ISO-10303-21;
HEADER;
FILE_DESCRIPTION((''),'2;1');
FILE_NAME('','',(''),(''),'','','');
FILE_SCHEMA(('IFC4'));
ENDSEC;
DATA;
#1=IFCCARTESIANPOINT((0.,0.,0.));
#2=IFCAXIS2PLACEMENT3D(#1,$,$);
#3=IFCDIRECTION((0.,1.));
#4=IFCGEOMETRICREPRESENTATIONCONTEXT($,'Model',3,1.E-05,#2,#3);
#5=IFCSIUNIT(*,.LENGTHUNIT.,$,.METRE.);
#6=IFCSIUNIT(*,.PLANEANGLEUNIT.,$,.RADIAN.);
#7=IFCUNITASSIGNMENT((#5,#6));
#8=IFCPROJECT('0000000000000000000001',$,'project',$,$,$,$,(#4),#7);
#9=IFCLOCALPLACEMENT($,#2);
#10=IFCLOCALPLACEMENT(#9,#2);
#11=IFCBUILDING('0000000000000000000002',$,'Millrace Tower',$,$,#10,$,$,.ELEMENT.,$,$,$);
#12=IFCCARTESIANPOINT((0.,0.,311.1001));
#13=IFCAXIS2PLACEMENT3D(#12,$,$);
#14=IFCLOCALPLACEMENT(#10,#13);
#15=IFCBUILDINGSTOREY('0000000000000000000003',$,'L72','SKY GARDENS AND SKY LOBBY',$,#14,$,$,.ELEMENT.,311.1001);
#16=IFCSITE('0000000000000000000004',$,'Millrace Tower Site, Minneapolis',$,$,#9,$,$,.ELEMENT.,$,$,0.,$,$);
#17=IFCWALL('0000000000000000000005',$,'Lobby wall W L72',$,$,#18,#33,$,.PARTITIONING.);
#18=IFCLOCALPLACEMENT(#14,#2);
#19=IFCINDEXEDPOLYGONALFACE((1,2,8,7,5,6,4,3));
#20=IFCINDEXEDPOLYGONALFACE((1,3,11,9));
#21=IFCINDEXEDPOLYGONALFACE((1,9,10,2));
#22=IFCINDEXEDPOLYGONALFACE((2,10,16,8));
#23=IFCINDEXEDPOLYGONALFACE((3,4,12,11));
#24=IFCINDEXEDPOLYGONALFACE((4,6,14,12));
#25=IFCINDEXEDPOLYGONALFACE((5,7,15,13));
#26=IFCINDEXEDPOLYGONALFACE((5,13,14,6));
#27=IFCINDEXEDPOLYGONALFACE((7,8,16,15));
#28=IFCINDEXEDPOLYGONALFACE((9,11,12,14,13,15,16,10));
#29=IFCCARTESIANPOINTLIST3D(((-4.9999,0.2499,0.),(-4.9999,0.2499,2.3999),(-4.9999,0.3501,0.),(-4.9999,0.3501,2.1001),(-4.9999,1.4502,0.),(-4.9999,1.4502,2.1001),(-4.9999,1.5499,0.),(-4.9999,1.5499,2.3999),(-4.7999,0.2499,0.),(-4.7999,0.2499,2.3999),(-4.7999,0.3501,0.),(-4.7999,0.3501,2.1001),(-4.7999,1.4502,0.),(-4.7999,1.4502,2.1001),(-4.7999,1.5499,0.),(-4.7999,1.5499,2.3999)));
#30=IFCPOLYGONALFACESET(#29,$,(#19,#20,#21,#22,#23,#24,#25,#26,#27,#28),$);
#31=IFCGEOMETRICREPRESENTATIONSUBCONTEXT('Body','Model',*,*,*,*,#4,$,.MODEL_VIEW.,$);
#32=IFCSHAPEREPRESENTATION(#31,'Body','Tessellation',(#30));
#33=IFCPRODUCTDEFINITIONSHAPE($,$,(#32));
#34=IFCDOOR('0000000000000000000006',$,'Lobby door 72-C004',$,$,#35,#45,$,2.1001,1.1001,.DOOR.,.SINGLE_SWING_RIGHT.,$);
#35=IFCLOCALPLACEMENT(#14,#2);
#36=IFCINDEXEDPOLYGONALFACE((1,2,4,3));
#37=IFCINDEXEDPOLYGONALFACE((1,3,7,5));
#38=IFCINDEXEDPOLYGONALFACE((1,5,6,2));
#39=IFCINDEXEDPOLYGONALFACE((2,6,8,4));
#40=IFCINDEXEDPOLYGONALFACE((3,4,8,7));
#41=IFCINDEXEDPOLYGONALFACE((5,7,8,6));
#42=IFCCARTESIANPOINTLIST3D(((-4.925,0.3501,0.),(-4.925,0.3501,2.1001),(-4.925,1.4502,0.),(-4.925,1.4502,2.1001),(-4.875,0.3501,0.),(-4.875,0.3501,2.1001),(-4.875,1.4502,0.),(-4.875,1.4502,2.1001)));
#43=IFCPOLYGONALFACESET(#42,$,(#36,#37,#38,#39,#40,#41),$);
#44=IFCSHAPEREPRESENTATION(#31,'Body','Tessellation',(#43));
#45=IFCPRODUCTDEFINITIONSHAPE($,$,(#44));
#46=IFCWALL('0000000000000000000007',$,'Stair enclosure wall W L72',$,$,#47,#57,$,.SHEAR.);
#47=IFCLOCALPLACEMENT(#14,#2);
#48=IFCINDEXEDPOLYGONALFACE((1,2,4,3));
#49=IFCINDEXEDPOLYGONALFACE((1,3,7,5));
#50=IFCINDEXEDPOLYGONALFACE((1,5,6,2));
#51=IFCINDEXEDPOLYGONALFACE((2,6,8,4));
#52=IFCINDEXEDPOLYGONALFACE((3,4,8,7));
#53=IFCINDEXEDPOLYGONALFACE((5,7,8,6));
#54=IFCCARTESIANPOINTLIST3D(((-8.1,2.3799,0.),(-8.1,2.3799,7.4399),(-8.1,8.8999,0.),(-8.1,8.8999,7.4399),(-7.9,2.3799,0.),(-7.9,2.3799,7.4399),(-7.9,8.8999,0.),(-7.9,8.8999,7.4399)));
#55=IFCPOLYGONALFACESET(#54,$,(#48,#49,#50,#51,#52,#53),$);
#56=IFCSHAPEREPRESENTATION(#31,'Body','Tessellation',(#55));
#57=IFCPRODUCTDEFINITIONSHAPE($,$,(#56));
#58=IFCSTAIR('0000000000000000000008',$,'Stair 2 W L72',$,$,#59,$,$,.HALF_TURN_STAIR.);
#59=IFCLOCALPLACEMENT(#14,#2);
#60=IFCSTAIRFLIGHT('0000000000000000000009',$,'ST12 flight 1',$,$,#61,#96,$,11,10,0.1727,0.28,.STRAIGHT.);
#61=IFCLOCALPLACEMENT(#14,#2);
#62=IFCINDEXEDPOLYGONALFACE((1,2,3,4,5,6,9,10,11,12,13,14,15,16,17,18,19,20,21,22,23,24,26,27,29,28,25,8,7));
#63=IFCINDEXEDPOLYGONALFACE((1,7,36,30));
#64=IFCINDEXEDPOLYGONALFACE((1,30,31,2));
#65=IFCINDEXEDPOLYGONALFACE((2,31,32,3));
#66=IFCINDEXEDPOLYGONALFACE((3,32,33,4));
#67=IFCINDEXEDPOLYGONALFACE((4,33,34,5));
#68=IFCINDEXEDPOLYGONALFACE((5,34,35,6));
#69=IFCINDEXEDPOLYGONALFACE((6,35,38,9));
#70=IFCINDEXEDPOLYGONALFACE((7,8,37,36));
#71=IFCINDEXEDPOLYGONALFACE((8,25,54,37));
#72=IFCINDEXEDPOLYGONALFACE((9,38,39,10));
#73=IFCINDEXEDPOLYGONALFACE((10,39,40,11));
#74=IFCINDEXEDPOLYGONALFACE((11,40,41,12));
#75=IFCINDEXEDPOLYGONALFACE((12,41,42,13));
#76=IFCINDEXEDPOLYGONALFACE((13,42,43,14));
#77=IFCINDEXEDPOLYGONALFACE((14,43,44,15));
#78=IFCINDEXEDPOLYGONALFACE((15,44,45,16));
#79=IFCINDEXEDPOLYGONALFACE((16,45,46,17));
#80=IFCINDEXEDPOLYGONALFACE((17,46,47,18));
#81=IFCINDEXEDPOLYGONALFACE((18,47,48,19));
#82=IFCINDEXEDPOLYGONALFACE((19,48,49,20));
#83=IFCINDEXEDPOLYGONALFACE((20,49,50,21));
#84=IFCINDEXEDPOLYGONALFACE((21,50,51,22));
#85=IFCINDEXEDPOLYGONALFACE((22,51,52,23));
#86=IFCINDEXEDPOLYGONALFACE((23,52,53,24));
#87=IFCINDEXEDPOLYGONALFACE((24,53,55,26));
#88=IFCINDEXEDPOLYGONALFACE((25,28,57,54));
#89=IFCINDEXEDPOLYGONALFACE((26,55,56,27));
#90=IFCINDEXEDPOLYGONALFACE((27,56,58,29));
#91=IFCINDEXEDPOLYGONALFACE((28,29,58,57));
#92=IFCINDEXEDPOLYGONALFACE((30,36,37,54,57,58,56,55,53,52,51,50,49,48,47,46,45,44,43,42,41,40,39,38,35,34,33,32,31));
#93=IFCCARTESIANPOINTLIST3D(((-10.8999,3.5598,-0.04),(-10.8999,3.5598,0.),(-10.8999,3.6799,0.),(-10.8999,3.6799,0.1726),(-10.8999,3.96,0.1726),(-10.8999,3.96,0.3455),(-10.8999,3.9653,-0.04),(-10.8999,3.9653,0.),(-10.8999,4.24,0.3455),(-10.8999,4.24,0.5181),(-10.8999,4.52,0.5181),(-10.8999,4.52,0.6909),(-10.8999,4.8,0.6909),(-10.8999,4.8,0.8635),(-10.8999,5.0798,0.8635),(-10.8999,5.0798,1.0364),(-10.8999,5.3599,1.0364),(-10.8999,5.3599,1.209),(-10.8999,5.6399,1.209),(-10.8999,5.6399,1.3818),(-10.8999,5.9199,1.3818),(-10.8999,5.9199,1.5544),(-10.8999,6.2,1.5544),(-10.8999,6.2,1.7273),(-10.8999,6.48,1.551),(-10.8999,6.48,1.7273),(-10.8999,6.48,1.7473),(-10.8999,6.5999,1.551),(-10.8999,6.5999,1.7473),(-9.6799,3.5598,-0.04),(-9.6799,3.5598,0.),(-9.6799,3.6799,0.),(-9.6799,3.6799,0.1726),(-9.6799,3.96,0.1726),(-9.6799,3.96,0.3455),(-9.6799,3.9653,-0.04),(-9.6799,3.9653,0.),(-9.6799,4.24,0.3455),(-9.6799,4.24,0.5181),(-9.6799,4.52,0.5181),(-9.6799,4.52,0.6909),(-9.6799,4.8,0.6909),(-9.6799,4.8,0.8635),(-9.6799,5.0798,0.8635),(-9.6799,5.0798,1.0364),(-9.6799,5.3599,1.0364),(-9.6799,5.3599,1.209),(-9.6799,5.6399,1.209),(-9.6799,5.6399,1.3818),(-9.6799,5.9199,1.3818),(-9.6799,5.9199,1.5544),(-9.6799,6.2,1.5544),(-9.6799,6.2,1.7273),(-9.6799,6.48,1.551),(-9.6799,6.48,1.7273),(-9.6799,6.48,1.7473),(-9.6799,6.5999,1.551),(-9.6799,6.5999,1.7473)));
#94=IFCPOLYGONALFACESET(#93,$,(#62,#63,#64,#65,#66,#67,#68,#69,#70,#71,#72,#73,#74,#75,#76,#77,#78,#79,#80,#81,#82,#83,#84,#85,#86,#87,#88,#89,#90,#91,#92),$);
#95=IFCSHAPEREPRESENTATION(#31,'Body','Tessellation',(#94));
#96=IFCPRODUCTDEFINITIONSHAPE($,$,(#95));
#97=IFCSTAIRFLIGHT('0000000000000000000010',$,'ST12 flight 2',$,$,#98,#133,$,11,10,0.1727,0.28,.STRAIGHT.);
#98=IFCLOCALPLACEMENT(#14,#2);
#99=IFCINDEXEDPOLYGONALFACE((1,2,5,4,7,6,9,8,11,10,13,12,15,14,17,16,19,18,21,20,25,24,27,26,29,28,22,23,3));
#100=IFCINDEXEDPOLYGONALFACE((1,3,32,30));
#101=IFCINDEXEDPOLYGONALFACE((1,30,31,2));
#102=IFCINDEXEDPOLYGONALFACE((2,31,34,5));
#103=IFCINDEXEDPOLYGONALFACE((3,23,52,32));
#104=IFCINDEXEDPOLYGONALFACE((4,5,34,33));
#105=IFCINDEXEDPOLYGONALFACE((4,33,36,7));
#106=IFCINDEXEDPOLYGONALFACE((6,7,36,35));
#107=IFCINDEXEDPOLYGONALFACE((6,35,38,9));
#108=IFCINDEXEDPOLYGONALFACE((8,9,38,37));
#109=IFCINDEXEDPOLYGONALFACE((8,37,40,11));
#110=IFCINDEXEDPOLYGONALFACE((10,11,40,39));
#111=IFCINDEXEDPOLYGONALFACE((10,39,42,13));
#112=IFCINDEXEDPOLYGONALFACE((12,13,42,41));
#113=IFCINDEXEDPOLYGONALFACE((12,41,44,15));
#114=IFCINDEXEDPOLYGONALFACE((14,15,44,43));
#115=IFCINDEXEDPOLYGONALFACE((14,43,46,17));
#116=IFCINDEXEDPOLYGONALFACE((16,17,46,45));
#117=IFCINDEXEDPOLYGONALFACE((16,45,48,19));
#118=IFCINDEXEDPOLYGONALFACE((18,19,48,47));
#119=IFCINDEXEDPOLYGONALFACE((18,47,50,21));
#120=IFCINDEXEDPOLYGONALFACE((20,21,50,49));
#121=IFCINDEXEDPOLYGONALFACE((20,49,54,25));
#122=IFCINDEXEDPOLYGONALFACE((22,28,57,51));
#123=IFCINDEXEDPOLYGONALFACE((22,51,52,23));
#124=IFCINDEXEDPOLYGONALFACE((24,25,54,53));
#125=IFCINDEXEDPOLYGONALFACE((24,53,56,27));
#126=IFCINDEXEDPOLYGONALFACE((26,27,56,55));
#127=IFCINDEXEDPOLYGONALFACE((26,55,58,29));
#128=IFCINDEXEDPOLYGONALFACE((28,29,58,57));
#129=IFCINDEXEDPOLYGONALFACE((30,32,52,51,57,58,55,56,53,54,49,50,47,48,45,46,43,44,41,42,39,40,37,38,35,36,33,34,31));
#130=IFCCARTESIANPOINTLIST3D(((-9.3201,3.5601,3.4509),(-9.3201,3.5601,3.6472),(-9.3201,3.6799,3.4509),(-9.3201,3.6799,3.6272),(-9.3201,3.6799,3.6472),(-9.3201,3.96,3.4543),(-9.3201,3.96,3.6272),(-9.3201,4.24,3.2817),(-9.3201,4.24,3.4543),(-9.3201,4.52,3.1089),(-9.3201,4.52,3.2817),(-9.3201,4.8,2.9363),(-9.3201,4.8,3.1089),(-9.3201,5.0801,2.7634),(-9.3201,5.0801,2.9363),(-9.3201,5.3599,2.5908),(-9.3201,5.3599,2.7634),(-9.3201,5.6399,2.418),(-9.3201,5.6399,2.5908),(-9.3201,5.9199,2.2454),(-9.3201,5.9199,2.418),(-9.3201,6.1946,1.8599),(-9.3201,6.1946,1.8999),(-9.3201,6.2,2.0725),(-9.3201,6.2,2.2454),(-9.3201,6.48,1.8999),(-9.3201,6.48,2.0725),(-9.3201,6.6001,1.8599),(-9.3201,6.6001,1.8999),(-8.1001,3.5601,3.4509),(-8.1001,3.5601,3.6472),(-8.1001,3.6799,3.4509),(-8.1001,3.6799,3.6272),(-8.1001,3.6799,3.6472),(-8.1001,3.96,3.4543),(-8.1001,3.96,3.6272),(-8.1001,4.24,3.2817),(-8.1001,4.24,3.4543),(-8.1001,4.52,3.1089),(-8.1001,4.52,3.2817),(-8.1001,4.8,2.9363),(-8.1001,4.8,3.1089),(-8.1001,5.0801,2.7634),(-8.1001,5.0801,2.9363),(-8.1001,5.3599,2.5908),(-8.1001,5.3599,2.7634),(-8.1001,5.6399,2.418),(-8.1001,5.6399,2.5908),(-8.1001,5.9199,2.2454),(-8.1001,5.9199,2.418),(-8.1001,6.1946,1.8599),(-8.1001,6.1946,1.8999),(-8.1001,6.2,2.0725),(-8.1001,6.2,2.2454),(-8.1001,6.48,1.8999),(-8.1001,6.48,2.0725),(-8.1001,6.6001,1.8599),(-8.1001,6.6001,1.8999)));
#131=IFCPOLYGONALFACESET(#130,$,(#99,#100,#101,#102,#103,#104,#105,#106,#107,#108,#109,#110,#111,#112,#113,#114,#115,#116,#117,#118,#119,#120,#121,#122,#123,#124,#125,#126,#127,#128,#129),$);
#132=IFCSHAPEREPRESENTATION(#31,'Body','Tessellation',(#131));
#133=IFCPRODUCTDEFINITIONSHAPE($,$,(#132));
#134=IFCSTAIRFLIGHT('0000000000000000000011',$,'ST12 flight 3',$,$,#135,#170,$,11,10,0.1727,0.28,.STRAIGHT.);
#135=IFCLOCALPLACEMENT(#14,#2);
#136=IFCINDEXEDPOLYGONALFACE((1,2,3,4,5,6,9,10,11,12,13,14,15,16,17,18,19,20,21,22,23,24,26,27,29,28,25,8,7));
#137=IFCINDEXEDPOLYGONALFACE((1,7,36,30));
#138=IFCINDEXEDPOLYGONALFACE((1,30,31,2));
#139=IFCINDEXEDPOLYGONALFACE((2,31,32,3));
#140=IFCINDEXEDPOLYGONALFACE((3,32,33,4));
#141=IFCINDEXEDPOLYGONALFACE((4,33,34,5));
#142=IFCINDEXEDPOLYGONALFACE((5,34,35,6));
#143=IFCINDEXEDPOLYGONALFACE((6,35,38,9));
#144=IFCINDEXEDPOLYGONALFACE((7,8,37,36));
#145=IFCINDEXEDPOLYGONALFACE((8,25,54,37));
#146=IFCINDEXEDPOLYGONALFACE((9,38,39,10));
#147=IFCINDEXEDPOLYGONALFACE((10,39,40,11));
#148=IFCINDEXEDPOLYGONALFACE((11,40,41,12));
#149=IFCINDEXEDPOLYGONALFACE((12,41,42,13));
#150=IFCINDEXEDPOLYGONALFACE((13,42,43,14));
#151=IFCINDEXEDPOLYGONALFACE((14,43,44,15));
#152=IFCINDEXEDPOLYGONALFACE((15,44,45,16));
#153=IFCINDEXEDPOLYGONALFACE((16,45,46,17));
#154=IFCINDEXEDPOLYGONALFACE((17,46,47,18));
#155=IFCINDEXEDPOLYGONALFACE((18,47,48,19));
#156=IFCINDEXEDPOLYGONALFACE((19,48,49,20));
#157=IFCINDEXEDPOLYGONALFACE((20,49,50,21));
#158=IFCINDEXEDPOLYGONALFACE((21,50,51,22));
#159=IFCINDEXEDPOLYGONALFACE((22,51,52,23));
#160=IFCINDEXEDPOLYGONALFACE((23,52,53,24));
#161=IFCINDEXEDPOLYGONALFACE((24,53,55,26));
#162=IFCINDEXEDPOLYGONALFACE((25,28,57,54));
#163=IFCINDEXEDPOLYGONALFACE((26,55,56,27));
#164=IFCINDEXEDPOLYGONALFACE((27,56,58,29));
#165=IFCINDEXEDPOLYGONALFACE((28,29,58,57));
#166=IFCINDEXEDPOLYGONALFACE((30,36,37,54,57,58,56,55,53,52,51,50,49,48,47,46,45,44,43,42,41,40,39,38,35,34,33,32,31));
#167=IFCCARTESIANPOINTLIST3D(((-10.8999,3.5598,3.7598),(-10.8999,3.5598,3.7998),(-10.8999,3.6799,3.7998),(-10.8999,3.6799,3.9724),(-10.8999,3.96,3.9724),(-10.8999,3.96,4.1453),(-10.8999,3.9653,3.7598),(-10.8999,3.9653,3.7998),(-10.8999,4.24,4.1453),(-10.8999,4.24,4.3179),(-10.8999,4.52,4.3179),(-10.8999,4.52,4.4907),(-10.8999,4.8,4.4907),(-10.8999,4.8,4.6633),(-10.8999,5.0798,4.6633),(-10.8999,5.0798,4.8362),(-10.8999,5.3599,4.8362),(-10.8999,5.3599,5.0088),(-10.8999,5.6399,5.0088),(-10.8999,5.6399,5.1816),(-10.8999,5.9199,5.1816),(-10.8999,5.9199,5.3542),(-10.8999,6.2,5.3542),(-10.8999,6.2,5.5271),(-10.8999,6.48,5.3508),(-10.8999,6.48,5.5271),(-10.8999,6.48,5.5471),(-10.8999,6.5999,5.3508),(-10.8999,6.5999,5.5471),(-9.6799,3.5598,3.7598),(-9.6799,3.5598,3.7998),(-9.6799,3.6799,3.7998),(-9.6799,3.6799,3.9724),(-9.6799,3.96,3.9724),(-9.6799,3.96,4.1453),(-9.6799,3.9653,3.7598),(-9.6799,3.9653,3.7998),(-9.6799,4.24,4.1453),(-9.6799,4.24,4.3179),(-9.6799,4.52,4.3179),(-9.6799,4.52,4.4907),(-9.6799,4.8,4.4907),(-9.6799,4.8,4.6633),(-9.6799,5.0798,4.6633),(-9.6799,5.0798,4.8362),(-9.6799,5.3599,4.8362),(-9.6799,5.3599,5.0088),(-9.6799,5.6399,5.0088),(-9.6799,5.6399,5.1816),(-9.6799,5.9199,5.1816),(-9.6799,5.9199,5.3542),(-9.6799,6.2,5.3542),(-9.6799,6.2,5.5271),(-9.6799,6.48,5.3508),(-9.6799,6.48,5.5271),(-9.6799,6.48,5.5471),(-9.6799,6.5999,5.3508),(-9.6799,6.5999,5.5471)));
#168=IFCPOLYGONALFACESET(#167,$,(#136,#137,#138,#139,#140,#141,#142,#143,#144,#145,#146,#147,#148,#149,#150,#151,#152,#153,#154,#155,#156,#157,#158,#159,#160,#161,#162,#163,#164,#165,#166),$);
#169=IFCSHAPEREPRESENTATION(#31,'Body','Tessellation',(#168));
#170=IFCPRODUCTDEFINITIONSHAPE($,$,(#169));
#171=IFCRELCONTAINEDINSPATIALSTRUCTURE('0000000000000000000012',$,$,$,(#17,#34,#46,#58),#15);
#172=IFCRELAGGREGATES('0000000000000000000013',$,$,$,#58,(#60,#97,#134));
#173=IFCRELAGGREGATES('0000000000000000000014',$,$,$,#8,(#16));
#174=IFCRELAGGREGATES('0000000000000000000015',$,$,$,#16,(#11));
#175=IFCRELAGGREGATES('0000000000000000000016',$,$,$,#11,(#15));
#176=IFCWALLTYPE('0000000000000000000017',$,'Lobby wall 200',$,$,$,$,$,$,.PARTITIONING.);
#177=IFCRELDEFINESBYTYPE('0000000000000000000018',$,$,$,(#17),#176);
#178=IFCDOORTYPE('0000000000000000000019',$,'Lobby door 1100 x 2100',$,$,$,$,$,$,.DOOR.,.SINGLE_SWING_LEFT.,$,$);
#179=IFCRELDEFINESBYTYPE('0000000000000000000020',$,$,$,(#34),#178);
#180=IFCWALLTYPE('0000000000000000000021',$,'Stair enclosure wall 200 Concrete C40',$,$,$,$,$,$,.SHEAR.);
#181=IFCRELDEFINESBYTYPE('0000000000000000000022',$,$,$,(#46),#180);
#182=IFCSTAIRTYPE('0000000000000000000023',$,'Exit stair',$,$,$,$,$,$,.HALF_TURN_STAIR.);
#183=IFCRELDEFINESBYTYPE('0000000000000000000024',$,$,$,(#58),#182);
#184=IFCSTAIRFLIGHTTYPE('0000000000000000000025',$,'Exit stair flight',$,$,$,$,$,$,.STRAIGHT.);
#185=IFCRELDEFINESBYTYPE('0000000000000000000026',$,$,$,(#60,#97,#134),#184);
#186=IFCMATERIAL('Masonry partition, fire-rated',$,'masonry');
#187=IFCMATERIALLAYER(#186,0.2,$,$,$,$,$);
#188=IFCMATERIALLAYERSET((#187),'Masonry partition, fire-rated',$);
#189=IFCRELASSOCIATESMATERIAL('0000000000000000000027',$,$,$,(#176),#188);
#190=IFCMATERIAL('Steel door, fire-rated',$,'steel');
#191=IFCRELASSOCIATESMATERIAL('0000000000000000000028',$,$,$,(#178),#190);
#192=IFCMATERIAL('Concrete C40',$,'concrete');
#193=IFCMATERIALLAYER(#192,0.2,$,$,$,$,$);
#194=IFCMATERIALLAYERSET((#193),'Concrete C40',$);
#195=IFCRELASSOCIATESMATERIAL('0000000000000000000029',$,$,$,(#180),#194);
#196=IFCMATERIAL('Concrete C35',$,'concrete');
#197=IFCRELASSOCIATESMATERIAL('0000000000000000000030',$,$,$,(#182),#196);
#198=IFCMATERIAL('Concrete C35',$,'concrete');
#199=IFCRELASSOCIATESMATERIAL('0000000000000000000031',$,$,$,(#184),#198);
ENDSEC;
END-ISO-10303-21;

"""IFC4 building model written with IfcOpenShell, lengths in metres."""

from ifc_helpers import new_model, si_unit, direction, frame, frame_2d, origin, place, context, subcontext, project, spatial, polyline, rectangle, outline, extrude, material, layer, layer_set, type_object, element, fill, aggregate, save


model = new_model("IFC4")

# Units and contexts
model_context = context("Model", 3, precision=1e-05, world=origin(), true_north=direction((0.0, 1.0)))
body_context = subcontext(model_context, "Body", "Model", "MODEL_VIEW")
ifc_project = project(units=[si_unit("LENGTHUNIT", "METRE"), si_unit("PLANEANGLEUNIT", "RADIAN")], contexts=[model_context])

# Site, building, storey
site_placement = place(None, origin())
site = spatial("IfcSite", under=ifc_project, at=site_placement, Name="Millrace Tower Site, Minneapolis", CompositionType="ELEMENT", RefElevation=0.0)
building_placement = place(site_placement, origin())
building = spatial("IfcBuilding", under=site, at=building_placement, Name="Millrace Tower", CompositionType="ELEMENT")
storey_placement = place(building_placement, frame((0.0, 0.0, 311.1001)))
storey = spatial("IfcBuildingStorey", under=building, at=storey_placement, Name="L72", Description="SKY GARDENS AND SKY LOBBY", CompositionType="ELEMENT", Elevation=311.1001)

# Wall, opening, door
ifc_material_1 = material(Name="Masonry partition, fire-rated", Category="masonry")
ifc_layer_1 = layer(ifc_material_1, 0.2)
ifc_layer_set_1 = layer_set([ifc_layer_1], Name="Masonry partition, fire-rated")
wall_type_1 = type_object("IfcWallType", Name="Lobby wall 200", PredefinedType="PARTITIONING", material=ifc_layer_set_1)
wall_1_placement = place(storey_placement, frame((-4.8999, 0.25, 0.0), z_axis=(0.0, 0.0, 1.0), x_axis=(0.0, 1.0, 0.0)))
wall_1 = element("IfcWall", 1, at=wall_1_placement, inside=storey, type_object=wall_type_1, Name="Lobby wall W L72", PredefinedType="PARTITIONING", context=body_context, shape_type="SweptSolid", body=[
    extrude(rectangle(XDim=1.3, YDim=0.2, at=frame_2d((0.6499, 0.0))), origin(), (0.0, 0.0, 1.0), 2.3999),
])
opening_1_placement = place(wall_1_placement, frame((0.1001, 0.0, 0.0)))
opening_1 = element("IfcOpeningElement", 2, at=opening_1_placement, cuts=wall_1, PredefinedType="OPENING", context=body_context, shape_type="SweptSolid", body=[
    extrude(rectangle(XDim=1.1001, YDim=2.1001, at=frame_2d((0.55, 1.05))), frame((0.0, 0.1099, 0.0), z_axis=(0.0, -1.0, 0.0), x_axis=(1.0, 0.0, 0.0)), (0.0, 0.0, 1.0), 0.22),
])
ifc_material_2 = material(Name="Steel door, fire-rated", Category="steel")
door_type_1 = type_object("IfcDoorType", Name="Lobby door 1100 x 2100", OperationType="SINGLE_SWING_LEFT", PredefinedType="DOOR", material=ifc_material_2)
door_1_placement = place(opening_1_placement, frame((1.1001, 0.0, 0.0), z_axis=(0.0, 0.0, 1.0), x_axis=(-1.0, 0.0, 0.0)))
door_1 = element("IfcDoor", 3, at=door_1_placement, inside=storey, type_object=door_type_1, Name="Lobby door 72-C004", OperationType="SINGLE_SWING_RIGHT", OverallHeight=2.1001, OverallWidth=1.1001, PredefinedType="DOOR", context=body_context, shape_type="SweptSolid", body=[
    extrude(rectangle(XDim=1.1001, YDim=2.1001, at=frame_2d((0.55, 1.05))), frame((0.0, 0.0249, 0.0), z_axis=(0.0, -1.0, 0.0), x_axis=(1.0, 0.0, 0.0)), (0.0, 0.0, 1.0), 0.05),
])
fill(opening_1, door_1)

# Wall
ifc_material_3 = material(Name="Concrete C40", Category="concrete")
ifc_layer_2 = layer(ifc_material_3, 0.2)
ifc_layer_set_2 = layer_set([ifc_layer_2], Name="Concrete C40")
wall_type_2 = type_object("IfcWallType", Name="Stair enclosure wall 200 Concrete C40", PredefinedType="SHEAR", material=ifc_layer_set_2)
wall_2_placement = place(storey_placement, frame((-8.0, 2.3799, 0.0), z_axis=(0.0, 0.0, 1.0), x_axis=(0.0, 1.0, 0.0)))
element("IfcWall", 4, at=wall_2_placement, inside=storey, type_object=wall_type_2, Name="Stair enclosure wall W L72", PredefinedType="SHEAR", context=body_context, shape_type="SweptSolid", body=[
    extrude(rectangle(XDim=6.52, YDim=0.2, at=frame_2d((3.26, 0.0))), origin(), (0.0, 0.0, 1.0), 7.4399),
])

# Stair, stair flights
ifc_material_4 = material(Name="Concrete C35", Category="concrete")
stair_type = type_object("IfcStairType", Name="Exit stair", PredefinedType="HALF_TURN_STAIR", material=ifc_material_4)
placement_1 = place(storey_placement, origin())
stair_1 = element("IfcStair", 5, at=placement_1, inside=storey, type_object=stair_type, Name="Stair 2 W L72", PredefinedType="HALF_TURN_STAIR")
ifc_material_5 = material(Name="Concrete C35", Category="concrete")
stair_flight_type = type_object("IfcStairFlightType", Name="Exit stair flight", PredefinedType="STRAIGHT", material=ifc_material_5)
stair_flight_1_placement = place(storey_placement, frame((-10.29, 3.6799, 0.0), z_axis=(0.0, 0.0, 1.0), x_axis=(0.0, 1.0, 0.0)))
stair_flight_1 = element("IfcStairFlight", 6, at=stair_flight_1_placement, type_object=stair_flight_type, Name="ST12 flight 1", NumberOfRisers=11, NumberOfTreads=10, PredefinedType="STRAIGHT", RiserHeight=0.1727, TreadLength=0.28, context=body_context, shape_type="SweptSolid", body=[
    extrude(outline(polyline([(-0.1201, -0.04), (-0.1201, 0.0), (0.0, 0.0), (0.0, 0.1726), (0.28, 0.1726), (0.28, 0.3455), (0.5601, 0.3455), (0.5601, 0.5181), (0.8401, 0.5181), (0.8401, 0.6909), (1.1201, 0.6909), (1.1201, 0.8635), (1.3999, 0.8635), (1.3999, 1.0364), (1.6799, 1.0364), (1.6799, 1.209), (1.96, 1.209), (1.96, 1.3818), (2.24, 1.3818), (2.24, 1.5544), (2.52, 1.5544), (2.52, 1.7273), (2.8, 1.7273), (2.8, 1.7473), (2.9199, 1.7473), (2.9199, 1.551), (2.8, 1.551), (0.2854, 0.0), (0.2854, -0.04), (-0.1201, -0.04)])), frame((0.0, 0.6099, 0.0), z_axis=(0.0, -1.0, 0.0), x_axis=(1.0, 0.0, 0.0)), (0.0, 0.0, 1.0), 1.22),
])
stair_flight_2_placement = place(storey_placement, frame((-8.71, 6.48, 1.8999), z_axis=(0.0, 0.0, 1.0), x_axis=(0.0, -1.0, 0.0)))
stair_flight_2 = element("IfcStairFlight", 7, at=stair_flight_2_placement, type_object=stair_flight_type, Name="ST12 flight 2", NumberOfRisers=11, NumberOfTreads=10, PredefinedType="STRAIGHT", RiserHeight=0.1727, TreadLength=0.28, context=body_context, shape_type="SweptSolid", body=[
    extrude(outline(polyline([(-0.1201, -0.04), (-0.1201, 0.0), (0.0, 0.0), (0.0, 0.1726), (0.28, 0.1726), (0.28, 0.3455), (0.5601, 0.3455), (0.5601, 0.5181), (0.8401, 0.5181), (0.8401, 0.6909), (1.1201, 0.6909), (1.1201, 0.8635), (1.3999, 0.8635), (1.3999, 1.0364), (1.6799, 1.0364), (1.6799, 1.209), (1.96, 1.209), (1.96, 1.3818), (2.24, 1.3818), (2.24, 1.5544), (2.52, 1.5544), (2.52, 1.7273), (2.8, 1.7273), (2.8, 1.7473), (2.9199, 1.7473), (2.9199, 1.551), (2.8, 1.551), (0.2854, 0.0), (0.2854, -0.04), (-0.1201, -0.04)])), frame((0.0, 0.6099, 0.0), z_axis=(0.0, -1.0, 0.0), x_axis=(1.0, 0.0, 0.0)), (0.0, 0.0, 1.0), 1.22),
])
stair_flight_3_placement = place(storey_placement, frame((-10.29, 3.6799, 3.7998), z_axis=(0.0, 0.0, 1.0), x_axis=(0.0, 1.0, 0.0)))
stair_flight_3 = element("IfcStairFlight", 8, at=stair_flight_3_placement, type_object=stair_flight_type, Name="ST12 flight 3", NumberOfRisers=11, NumberOfTreads=10, PredefinedType="STRAIGHT", RiserHeight=0.1727, TreadLength=0.28, context=body_context, shape_type="SweptSolid", body=[
    extrude(outline(polyline([(-0.1201, -0.04), (-0.1201, 0.0), (0.0, 0.0), (0.0, 0.1726), (0.28, 0.1726), (0.28, 0.3455), (0.5601, 0.3455), (0.5601, 0.5181), (0.8401, 0.5181), (0.8401, 0.6909), (1.1201, 0.6909), (1.1201, 0.8635), (1.3999, 0.8635), (1.3999, 1.0364), (1.6799, 1.0364), (1.6799, 1.209), (1.96, 1.209), (1.96, 1.3818), (2.24, 1.3818), (2.24, 1.5544), (2.52, 1.5544), (2.52, 1.7273), (2.8, 1.7273), (2.8, 1.7473), (2.9199, 1.7473), (2.9199, 1.551), (2.8, 1.551), (0.2854, 0.0), (0.2854, -0.04), (-0.1201, -0.04)])), frame((0.0, 0.6099, 0.0), z_axis=(0.0, -1.0, 0.0), x_axis=(1.0, 0.0, 0.0)), (0.0, 0.0, 1.0), 1.22),
])
aggregate(stair_1, [stair_flight_1, stair_flight_2, stair_flight_3])

save(model, "model.ifc")
